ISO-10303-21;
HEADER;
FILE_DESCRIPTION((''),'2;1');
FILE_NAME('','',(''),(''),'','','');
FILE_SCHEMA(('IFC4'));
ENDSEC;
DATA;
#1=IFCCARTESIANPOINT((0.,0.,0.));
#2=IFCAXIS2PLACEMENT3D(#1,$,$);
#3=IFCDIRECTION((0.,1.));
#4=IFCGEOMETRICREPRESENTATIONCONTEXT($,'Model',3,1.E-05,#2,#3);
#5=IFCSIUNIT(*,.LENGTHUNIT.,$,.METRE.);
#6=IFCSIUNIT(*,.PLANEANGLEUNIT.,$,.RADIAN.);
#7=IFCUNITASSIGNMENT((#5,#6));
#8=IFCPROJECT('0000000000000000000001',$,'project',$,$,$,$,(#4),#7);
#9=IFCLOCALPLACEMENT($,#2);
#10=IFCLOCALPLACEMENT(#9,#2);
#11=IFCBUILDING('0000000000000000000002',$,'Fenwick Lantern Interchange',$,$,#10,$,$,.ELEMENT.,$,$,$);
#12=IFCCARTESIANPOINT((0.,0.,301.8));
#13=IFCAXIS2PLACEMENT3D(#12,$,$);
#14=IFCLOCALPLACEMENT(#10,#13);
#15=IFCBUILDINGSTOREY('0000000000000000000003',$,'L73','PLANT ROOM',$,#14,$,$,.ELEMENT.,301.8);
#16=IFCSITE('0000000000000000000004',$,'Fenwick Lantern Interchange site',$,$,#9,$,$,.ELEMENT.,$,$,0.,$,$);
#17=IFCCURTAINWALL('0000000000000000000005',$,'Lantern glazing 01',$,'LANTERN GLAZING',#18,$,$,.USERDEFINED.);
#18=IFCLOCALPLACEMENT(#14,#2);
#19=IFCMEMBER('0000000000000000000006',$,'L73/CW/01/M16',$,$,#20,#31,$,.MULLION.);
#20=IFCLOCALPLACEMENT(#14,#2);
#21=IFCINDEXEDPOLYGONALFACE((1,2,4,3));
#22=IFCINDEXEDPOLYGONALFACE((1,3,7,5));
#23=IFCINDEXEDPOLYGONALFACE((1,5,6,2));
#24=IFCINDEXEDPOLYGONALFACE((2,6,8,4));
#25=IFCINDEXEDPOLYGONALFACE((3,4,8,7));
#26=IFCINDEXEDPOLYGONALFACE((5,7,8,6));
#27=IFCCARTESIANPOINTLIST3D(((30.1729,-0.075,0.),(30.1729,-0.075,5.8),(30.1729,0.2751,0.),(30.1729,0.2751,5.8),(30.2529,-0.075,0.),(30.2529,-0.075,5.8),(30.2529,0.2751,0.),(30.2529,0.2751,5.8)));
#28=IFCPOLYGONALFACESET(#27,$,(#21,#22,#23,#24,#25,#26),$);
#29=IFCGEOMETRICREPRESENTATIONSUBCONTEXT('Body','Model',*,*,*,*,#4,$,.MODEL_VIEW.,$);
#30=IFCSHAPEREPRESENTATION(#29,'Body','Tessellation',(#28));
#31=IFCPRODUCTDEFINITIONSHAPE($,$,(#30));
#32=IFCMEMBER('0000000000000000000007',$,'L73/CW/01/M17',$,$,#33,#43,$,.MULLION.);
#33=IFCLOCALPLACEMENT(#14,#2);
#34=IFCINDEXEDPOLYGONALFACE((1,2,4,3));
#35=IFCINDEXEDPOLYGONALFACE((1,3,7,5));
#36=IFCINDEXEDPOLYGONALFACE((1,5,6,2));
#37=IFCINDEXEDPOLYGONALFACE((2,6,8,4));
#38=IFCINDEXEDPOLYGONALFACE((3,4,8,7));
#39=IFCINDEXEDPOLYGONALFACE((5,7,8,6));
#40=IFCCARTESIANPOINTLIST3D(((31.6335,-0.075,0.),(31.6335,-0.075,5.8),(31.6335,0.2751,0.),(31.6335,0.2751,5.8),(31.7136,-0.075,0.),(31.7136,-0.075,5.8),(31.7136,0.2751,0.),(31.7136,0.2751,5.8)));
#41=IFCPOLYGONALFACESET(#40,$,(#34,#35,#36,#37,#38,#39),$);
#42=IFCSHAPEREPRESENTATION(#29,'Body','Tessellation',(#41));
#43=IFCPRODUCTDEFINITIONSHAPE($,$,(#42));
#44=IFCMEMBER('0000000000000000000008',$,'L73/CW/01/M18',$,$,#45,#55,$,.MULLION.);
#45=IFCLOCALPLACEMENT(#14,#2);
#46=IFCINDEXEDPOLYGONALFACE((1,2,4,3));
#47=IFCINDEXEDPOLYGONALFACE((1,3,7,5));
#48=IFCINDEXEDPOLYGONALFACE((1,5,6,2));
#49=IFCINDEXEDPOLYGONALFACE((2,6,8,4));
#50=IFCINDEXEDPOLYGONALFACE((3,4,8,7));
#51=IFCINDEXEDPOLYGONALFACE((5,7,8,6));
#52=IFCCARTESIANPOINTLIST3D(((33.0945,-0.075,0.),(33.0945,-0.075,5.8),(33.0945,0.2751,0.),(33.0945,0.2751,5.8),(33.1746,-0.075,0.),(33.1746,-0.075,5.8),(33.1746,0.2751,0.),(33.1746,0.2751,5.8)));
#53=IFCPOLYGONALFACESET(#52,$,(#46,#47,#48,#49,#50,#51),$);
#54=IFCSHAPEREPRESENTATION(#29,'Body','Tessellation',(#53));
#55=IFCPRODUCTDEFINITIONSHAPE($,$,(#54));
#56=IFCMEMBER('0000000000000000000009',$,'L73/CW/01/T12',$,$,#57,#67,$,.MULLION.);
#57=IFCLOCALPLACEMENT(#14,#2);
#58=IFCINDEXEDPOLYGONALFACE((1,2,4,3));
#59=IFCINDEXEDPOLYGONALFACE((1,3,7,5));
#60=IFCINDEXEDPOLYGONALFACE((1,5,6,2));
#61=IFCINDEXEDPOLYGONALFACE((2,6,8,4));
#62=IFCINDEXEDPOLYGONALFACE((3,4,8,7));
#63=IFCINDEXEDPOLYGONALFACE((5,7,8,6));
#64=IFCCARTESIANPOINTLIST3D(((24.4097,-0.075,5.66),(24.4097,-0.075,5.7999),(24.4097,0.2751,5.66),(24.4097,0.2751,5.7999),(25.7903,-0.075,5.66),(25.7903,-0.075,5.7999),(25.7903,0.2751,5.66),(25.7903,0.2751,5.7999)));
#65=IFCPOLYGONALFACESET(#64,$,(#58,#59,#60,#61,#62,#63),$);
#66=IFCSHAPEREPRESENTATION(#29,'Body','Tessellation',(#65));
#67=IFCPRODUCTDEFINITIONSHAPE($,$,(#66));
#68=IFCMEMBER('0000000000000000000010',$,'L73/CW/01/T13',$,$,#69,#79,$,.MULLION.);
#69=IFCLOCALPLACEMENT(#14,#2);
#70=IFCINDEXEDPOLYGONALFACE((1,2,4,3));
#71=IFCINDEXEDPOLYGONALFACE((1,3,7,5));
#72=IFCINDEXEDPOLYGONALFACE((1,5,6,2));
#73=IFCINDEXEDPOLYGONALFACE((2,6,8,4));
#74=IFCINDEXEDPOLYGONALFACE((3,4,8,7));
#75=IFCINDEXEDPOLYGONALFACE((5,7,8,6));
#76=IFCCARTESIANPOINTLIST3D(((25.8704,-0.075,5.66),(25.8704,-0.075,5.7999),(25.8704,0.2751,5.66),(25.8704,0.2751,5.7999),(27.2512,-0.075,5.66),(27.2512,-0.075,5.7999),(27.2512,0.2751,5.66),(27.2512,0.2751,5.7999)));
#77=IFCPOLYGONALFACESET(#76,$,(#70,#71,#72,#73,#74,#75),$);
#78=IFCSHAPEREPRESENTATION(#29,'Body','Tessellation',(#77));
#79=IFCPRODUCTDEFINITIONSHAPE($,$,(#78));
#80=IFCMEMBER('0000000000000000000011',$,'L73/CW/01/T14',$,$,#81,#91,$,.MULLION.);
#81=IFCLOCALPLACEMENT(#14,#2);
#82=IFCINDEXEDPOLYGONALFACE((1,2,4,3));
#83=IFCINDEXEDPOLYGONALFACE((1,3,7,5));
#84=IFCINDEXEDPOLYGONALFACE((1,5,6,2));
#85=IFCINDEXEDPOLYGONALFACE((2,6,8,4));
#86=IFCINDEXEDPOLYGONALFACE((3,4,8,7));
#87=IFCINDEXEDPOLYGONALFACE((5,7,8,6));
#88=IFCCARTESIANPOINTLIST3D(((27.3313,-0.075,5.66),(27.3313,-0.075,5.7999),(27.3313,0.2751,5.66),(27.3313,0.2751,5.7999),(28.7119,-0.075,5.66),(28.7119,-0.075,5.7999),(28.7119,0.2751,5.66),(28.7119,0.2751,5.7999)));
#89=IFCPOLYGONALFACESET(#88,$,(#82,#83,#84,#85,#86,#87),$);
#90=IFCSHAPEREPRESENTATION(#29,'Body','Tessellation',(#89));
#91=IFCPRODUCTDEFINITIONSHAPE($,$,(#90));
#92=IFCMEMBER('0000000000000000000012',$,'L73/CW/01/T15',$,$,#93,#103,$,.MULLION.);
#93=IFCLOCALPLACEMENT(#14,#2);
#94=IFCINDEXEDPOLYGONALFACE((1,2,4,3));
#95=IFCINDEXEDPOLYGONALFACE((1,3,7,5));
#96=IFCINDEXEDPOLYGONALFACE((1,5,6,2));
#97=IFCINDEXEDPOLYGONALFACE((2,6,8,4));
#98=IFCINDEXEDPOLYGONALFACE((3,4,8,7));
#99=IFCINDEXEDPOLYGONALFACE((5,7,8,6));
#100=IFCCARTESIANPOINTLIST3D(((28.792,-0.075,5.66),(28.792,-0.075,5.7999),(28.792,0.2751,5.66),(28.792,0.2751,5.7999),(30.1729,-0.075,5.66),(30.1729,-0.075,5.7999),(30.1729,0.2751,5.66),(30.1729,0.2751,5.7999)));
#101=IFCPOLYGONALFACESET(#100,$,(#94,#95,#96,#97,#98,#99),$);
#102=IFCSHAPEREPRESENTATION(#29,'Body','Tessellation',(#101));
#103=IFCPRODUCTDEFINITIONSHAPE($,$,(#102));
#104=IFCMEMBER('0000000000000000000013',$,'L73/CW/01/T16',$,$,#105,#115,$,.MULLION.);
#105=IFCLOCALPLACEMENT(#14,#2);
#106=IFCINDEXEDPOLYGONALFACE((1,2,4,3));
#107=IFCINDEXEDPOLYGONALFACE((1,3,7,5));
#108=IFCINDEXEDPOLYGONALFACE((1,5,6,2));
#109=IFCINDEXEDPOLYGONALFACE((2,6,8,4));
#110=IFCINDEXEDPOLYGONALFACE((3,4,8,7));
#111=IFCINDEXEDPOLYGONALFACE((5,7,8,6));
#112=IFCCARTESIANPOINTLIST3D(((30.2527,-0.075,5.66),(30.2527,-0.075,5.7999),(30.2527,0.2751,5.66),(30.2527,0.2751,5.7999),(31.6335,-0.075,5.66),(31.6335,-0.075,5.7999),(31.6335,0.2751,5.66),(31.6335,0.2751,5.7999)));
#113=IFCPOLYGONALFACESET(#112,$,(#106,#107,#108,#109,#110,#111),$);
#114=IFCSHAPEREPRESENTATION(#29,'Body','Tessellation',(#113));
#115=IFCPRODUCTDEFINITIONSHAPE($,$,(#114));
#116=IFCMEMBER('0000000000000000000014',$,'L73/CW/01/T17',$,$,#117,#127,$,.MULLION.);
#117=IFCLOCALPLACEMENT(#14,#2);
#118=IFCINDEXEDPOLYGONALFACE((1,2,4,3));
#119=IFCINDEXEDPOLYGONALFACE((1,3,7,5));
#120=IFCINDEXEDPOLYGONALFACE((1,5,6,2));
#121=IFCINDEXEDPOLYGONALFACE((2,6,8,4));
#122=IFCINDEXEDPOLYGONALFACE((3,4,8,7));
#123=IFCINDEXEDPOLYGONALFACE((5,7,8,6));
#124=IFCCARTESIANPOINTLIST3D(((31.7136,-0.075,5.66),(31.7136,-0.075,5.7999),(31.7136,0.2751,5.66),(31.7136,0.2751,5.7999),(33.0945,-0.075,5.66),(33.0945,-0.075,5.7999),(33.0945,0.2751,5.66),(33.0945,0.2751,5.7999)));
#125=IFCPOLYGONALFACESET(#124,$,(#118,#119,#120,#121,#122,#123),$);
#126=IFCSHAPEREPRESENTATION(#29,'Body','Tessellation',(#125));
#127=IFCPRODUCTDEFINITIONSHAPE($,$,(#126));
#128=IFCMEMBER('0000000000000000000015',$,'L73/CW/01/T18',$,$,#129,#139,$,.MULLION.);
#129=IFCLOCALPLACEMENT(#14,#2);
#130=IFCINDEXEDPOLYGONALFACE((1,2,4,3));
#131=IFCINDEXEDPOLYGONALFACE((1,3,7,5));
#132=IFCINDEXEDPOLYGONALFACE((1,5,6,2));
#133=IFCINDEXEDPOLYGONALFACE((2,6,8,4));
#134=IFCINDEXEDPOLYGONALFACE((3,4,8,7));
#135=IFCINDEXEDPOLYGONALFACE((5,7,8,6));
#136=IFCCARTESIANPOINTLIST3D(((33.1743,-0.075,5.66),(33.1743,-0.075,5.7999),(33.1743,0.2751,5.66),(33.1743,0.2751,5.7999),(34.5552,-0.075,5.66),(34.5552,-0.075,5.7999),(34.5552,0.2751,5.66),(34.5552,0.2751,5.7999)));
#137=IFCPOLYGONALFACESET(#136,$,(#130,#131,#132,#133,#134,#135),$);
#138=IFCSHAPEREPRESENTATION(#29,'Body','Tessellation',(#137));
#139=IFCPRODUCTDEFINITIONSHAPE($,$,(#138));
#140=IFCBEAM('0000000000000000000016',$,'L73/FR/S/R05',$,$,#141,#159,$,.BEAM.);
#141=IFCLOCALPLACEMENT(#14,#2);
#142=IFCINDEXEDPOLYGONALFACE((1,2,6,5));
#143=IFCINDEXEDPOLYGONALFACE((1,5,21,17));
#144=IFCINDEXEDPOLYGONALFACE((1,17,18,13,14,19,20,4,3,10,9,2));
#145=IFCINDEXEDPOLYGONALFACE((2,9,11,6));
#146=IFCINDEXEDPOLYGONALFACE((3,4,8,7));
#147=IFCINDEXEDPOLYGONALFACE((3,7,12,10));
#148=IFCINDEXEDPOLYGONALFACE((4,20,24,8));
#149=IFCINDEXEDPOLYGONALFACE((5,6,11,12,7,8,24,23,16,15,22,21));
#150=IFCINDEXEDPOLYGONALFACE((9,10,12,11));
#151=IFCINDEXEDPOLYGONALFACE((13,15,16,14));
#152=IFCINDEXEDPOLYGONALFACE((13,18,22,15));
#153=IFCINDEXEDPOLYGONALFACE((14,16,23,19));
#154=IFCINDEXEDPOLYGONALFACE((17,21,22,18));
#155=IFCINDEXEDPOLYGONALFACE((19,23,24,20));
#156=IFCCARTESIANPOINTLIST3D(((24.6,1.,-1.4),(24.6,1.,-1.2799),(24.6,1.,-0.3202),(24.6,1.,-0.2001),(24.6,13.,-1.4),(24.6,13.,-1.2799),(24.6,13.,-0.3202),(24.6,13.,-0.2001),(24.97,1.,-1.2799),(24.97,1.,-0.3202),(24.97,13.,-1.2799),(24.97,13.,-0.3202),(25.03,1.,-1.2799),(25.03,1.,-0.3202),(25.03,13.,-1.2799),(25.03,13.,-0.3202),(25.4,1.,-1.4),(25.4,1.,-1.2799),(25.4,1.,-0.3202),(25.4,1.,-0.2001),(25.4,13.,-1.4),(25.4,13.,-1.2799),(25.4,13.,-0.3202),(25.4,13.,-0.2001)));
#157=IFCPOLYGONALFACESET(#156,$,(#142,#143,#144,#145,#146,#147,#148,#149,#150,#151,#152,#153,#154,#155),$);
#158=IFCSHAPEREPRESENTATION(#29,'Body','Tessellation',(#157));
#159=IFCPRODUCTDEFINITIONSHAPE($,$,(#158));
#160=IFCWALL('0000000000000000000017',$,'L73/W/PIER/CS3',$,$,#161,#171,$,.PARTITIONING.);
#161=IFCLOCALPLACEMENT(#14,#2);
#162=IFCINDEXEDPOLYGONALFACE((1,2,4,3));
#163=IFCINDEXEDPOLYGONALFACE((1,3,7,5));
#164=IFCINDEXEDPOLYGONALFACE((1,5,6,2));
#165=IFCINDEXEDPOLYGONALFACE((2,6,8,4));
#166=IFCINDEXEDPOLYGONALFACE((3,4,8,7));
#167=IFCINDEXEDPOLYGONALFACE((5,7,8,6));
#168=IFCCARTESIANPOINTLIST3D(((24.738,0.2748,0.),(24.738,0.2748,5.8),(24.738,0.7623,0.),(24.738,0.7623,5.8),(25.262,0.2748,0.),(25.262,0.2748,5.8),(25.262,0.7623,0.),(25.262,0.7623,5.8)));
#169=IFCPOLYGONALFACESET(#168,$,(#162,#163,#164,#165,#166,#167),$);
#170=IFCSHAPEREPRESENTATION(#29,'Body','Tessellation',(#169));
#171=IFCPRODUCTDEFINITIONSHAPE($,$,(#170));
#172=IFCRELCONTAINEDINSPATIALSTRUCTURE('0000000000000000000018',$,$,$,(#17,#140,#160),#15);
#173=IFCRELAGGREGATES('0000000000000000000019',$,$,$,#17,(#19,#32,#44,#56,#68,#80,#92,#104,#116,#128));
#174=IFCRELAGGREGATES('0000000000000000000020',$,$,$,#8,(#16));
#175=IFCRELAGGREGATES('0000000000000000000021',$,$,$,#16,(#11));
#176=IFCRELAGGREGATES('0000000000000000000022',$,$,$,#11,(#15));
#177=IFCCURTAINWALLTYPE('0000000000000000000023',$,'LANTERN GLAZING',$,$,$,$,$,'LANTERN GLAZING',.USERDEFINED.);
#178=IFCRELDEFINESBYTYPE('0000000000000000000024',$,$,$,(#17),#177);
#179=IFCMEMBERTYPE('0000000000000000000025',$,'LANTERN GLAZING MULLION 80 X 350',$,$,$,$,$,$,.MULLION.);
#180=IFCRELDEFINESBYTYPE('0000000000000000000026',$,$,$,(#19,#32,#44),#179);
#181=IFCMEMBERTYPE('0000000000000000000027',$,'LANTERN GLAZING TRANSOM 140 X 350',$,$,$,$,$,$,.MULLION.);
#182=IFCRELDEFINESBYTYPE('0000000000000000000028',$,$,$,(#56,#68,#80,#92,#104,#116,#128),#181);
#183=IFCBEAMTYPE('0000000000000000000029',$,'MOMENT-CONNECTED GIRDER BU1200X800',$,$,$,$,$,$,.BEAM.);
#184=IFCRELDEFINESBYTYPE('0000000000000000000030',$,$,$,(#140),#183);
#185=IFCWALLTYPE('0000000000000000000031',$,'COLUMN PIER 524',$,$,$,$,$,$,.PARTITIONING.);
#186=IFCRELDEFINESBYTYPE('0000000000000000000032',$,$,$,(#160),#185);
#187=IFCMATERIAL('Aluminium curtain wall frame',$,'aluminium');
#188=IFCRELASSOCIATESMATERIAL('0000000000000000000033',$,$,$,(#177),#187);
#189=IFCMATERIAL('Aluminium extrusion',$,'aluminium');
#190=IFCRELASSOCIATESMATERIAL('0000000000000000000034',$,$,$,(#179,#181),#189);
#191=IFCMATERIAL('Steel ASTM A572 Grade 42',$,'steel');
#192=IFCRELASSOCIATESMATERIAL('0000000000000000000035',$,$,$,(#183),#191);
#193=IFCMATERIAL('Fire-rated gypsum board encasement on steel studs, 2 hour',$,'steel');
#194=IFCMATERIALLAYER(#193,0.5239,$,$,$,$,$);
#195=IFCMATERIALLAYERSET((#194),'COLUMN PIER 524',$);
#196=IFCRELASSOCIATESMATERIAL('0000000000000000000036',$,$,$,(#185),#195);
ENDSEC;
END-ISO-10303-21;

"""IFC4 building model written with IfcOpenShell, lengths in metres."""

from ifc_helpers import new_model, si_unit, direction, frame, frame_2d, origin, origin_2d, place, context, subcontext, project, spatial, rectangle, i_section, extrude, material, layer, layer_set, material_profile, profile_set, type_object, element, aggregate, save


model = new_model("IFC4")

# Units and contexts
model_context = context("Model", 3, precision=1e-05, world=origin(), true_north=direction((0.0, 1.0)))
body_context = subcontext(model_context, "Body", "Model", "MODEL_VIEW")
ifc_project = project(units=[si_unit("LENGTHUNIT", "METRE"), si_unit("PLANEANGLEUNIT", "RADIAN")], contexts=[model_context])

# Site, building, storey
site_placement = place(None, origin())
site = spatial("IfcSite", under=ifc_project, at=site_placement, Name="Fenwick Lantern Interchange site", CompositionType="ELEMENT", RefElevation=0.0)
building_placement = place(site_placement, origin())
building = spatial("IfcBuilding", under=site, at=building_placement, Name="Fenwick Lantern Interchange", CompositionType="ELEMENT")
storey_placement = place(building_placement, frame((0.0, 0.0, 301.8)))
storey = spatial("IfcBuildingStorey", under=building, at=storey_placement, Name="L73", Description="PLANT ROOM", CompositionType="ELEMENT", Elevation=301.8)

# Curtain wall, members
ifc_material_1 = material(Name="Aluminium curtain wall frame", Category="aluminium")
curtain_wall_type = type_object("IfcCurtainWallType", Name="LANTERN GLAZING", ElementType="LANTERN GLAZING", PredefinedType="USERDEFINED", material=ifc_material_1)
curtain_wall_placement = place(storey_placement, origin())
curtain_wall = element("IfcCurtainWall", 1, at=curtain_wall_placement, inside=storey, type_object=curtain_wall_type, Name="Lantern glazing 01", ObjectType="LANTERN GLAZING", PredefinedType="USERDEFINED")
ifc_material_2 = material(Name="Aluminium extrusion", Category="aluminium")
ifc_material_profile_1 = material_profile(ifc_material_2, rectangle(XDim=0.3501, YDim=0.0801, at=origin_2d()), Name="LANTERN GLAZING MULLION 80 X 350")
ifc_profile_set_1 = profile_set([ifc_material_profile_1], Name="Aluminium extrusion")
member_type_1 = type_object("IfcMemberType", Name="LANTERN GLAZING MULLION 80 X 350", PredefinedType="MULLION", material=ifc_profile_set_1)
member_1_placement = place(storey_placement, frame((30.2129, 0.1001, 0.0), z_axis=(0.0, 0.0, 1.0), x_axis=(0.0, 1.0, 0.0)))
member_1 = element("IfcMember", 2, at=member_1_placement, type_object=member_type_1, Name="L73/CW/01/M16", PredefinedType="MULLION", context=body_context, shape_type="SweptSolid", body=[
    extrude(rectangle(XDim=0.3501, YDim=0.0801, at=origin_2d()), origin(), (0.0, 0.0, 1.0), 5.8),
])
member_2_placement = place(storey_placement, frame((31.6736, 0.1001, 0.0), z_axis=(0.0, 0.0, 1.0), x_axis=(0.0, 1.0, 0.0)))
member_2 = element("IfcMember", 3, at=member_2_placement, type_object=member_type_1, Name="L73/CW/01/M17", PredefinedType="MULLION", context=body_context, shape_type="SweptSolid", body=[
    extrude(rectangle(XDim=0.3501, YDim=0.0801, at=origin_2d()), origin(), (0.0, 0.0, 1.0), 5.8),
])
member_3_placement = place(storey_placement, frame((33.1345, 0.1001, 0.0), z_axis=(0.0, 0.0, 1.0), x_axis=(0.0, 1.0, 0.0)))
member_3 = element("IfcMember", 4, at=member_3_placement, type_object=member_type_1, Name="L73/CW/01/M18", PredefinedType="MULLION", context=body_context, shape_type="SweptSolid", body=[
    extrude(rectangle(XDim=0.3501, YDim=0.0801, at=origin_2d()), origin(), (0.0, 0.0, 1.0), 5.8),
])
ifc_material_profile_2 = material_profile(ifc_material_2, rectangle(XDim=0.3501, YDim=0.1399, at=origin_2d()), Name="LANTERN GLAZING TRANSOM 140 X 350")
ifc_profile_set_2 = profile_set([ifc_material_profile_2], Name="Aluminium extrusion")
member_type_2 = type_object("IfcMemberType", Name="LANTERN GLAZING TRANSOM 140 X 350", PredefinedType="MULLION", material=ifc_profile_set_2)
member_4_placement = place(storey_placement, frame((24.4097, 0.1001, 5.73), z_axis=(1.0, 0.0, 0.0), x_axis=(0.0, 1.0, 0.0)))
member_4 = element("IfcMember", 5, at=member_4_placement, type_object=member_type_2, Name="L73/CW/01/T12", PredefinedType="MULLION", context=body_context, shape_type="SweptSolid", body=[
    extrude(rectangle(XDim=0.3501, YDim=0.1399, at=origin_2d()), origin(), (0.0, 0.0, 1.0), 1.3806),
])
member_5_placement = place(storey_placement, frame((25.8704, 0.1001, 5.73), z_axis=(1.0, 0.0, 0.0), x_axis=(0.0, 1.0, 0.0)))
member_5 = element("IfcMember", 6, at=member_5_placement, type_object=member_type_2, Name="L73/CW/01/T13", PredefinedType="MULLION", context=body_context, shape_type="SweptSolid", body=[
    extrude(rectangle(XDim=0.3501, YDim=0.1399, at=origin_2d()), origin(), (0.0, 0.0, 1.0), 1.3809),
])
member_6_placement = place(storey_placement, frame((27.3313, 0.1001, 5.73), z_axis=(1.0, 0.0, 0.0), x_axis=(0.0, 1.0, 0.0)))
member_6 = element("IfcMember", 7, at=member_6_placement, type_object=member_type_2, Name="L73/CW/01/T14", PredefinedType="MULLION", context=body_context, shape_type="SweptSolid", body=[
    extrude(rectangle(XDim=0.3501, YDim=0.1399, at=origin_2d()), origin(), (0.0, 0.0, 1.0), 1.3806),
])
member_7_placement = place(storey_placement, frame((28.792, 0.1001, 5.73), z_axis=(1.0, 0.0, 0.0), x_axis=(0.0, 1.0, 0.0)))
member_7 = element("IfcMember", 8, at=member_7_placement, type_object=member_type_2, Name="L73/CW/01/T15", PredefinedType="MULLION", context=body_context, shape_type="SweptSolid", body=[
    extrude(rectangle(XDim=0.3501, YDim=0.1399, at=origin_2d()), origin(), (0.0, 0.0, 1.0), 1.3809),
])
member_8_placement = place(storey_placement, frame((30.2527, 0.1001, 5.73), z_axis=(1.0, 0.0, 0.0), x_axis=(0.0, 1.0, 0.0)))
member_8 = element("IfcMember", 9, at=member_8_placement, type_object=member_type_2, Name="L73/CW/01/T16", PredefinedType="MULLION", context=body_context, shape_type="SweptSolid", body=[
    extrude(rectangle(XDim=0.3501, YDim=0.1399, at=origin_2d()), origin(), (0.0, 0.0, 1.0), 1.3809),
])
member_9_placement = place(storey_placement, frame((31.7136, 0.1001, 5.73), z_axis=(1.0, 0.0, 0.0), x_axis=(0.0, 1.0, 0.0)))
member_9 = element("IfcMember", 10, at=member_9_placement, type_object=member_type_2, Name="L73/CW/01/T17", PredefinedType="MULLION", context=body_context, shape_type="SweptSolid", body=[
    extrude(rectangle(XDim=0.3501, YDim=0.1399, at=origin_2d()), origin(), (0.0, 0.0, 1.0), 1.3809),
])
member_10_placement = place(storey_placement, frame((33.1743, 0.1001, 5.73), z_axis=(1.0, 0.0, 0.0), x_axis=(0.0, 1.0, 0.0)))
member_10 = element("IfcMember", 11, at=member_10_placement, type_object=member_type_2, Name="L73/CW/01/T18", PredefinedType="MULLION", context=body_context, shape_type="SweptSolid", body=[
    extrude(rectangle(XDim=0.3501, YDim=0.1399, at=origin_2d()), origin(), (0.0, 0.0, 1.0), 1.3809),
])
aggregate(curtain_wall, [member_1, member_2, member_3, member_4, member_5, member_6, member_7, member_8, member_9, member_10])

# Beam
ifc_material_3 = material(Name="Steel ASTM A572 Grade 42", Category="steel")
ifc_material_profile_3 = material_profile(ifc_material_3, i_section(OverallWidth=0.8, OverallDepth=1.2, WebThickness=0.0601, FlangeThickness=0.1201, at=origin_2d()), Name="BU1200X800")
ifc_profile_set_3 = profile_set([ifc_material_profile_3], Name="Steel ASTM A572 Grade 42")
beam_type_1 = type_object("IfcBeamType", Name="MOMENT-CONNECTED GIRDER BU1200X800", PredefinedType="BEAM", material=ifc_profile_set_3)
beam_1_placement = place(storey_placement, frame((25.0, 1.0, -0.8), z_axis=(0.0, 1.0, 0.0), x_axis=(-1.0, 0.0, 0.0)))
element("IfcBeam", 12, at=beam_1_placement, inside=storey, type_object=beam_type_1, Name="L73/FR/S/R05", PredefinedType="BEAM", context=body_context, shape_type="SweptSolid", body=[
    extrude(i_section(OverallWidth=0.8, OverallDepth=1.2, WebThickness=0.0601, FlangeThickness=0.1201, at=origin_2d()), origin(), (0.0, 0.0, 1.0), 12.0),
])

# Wall
ifc_material_4 = material(Name="Fire-rated gypsum board encasement on steel studs, 2 hour", Category="steel")
ifc_layer_1 = layer(ifc_material_4, 0.5239)
ifc_layer_set_1 = layer_set([ifc_layer_1], Name="COLUMN PIER 524")
wall_type_1 = type_object("IfcWallType", Name="COLUMN PIER 524", PredefinedType="PARTITIONING", material=ifc_layer_set_1)
wall_1_placement = place(storey_placement, frame((25.0, 0.2749, 0.0), z_axis=(0.0, 0.0, 1.0), x_axis=(0.0, 1.0, 0.0)))
element("IfcWall", 13, at=wall_1_placement, inside=storey, type_object=wall_type_1, Name="L73/W/PIER/CS3", PredefinedType="PARTITIONING", context=body_context, shape_type="SweptSolid", body=[
    extrude(rectangle(XDim=0.4875, YDim=0.5239, at=frame_2d((0.2437, 0.0))), origin(), (0.0, 0.0, 1.0), 5.8),
])

save(model, "model.ifc")
